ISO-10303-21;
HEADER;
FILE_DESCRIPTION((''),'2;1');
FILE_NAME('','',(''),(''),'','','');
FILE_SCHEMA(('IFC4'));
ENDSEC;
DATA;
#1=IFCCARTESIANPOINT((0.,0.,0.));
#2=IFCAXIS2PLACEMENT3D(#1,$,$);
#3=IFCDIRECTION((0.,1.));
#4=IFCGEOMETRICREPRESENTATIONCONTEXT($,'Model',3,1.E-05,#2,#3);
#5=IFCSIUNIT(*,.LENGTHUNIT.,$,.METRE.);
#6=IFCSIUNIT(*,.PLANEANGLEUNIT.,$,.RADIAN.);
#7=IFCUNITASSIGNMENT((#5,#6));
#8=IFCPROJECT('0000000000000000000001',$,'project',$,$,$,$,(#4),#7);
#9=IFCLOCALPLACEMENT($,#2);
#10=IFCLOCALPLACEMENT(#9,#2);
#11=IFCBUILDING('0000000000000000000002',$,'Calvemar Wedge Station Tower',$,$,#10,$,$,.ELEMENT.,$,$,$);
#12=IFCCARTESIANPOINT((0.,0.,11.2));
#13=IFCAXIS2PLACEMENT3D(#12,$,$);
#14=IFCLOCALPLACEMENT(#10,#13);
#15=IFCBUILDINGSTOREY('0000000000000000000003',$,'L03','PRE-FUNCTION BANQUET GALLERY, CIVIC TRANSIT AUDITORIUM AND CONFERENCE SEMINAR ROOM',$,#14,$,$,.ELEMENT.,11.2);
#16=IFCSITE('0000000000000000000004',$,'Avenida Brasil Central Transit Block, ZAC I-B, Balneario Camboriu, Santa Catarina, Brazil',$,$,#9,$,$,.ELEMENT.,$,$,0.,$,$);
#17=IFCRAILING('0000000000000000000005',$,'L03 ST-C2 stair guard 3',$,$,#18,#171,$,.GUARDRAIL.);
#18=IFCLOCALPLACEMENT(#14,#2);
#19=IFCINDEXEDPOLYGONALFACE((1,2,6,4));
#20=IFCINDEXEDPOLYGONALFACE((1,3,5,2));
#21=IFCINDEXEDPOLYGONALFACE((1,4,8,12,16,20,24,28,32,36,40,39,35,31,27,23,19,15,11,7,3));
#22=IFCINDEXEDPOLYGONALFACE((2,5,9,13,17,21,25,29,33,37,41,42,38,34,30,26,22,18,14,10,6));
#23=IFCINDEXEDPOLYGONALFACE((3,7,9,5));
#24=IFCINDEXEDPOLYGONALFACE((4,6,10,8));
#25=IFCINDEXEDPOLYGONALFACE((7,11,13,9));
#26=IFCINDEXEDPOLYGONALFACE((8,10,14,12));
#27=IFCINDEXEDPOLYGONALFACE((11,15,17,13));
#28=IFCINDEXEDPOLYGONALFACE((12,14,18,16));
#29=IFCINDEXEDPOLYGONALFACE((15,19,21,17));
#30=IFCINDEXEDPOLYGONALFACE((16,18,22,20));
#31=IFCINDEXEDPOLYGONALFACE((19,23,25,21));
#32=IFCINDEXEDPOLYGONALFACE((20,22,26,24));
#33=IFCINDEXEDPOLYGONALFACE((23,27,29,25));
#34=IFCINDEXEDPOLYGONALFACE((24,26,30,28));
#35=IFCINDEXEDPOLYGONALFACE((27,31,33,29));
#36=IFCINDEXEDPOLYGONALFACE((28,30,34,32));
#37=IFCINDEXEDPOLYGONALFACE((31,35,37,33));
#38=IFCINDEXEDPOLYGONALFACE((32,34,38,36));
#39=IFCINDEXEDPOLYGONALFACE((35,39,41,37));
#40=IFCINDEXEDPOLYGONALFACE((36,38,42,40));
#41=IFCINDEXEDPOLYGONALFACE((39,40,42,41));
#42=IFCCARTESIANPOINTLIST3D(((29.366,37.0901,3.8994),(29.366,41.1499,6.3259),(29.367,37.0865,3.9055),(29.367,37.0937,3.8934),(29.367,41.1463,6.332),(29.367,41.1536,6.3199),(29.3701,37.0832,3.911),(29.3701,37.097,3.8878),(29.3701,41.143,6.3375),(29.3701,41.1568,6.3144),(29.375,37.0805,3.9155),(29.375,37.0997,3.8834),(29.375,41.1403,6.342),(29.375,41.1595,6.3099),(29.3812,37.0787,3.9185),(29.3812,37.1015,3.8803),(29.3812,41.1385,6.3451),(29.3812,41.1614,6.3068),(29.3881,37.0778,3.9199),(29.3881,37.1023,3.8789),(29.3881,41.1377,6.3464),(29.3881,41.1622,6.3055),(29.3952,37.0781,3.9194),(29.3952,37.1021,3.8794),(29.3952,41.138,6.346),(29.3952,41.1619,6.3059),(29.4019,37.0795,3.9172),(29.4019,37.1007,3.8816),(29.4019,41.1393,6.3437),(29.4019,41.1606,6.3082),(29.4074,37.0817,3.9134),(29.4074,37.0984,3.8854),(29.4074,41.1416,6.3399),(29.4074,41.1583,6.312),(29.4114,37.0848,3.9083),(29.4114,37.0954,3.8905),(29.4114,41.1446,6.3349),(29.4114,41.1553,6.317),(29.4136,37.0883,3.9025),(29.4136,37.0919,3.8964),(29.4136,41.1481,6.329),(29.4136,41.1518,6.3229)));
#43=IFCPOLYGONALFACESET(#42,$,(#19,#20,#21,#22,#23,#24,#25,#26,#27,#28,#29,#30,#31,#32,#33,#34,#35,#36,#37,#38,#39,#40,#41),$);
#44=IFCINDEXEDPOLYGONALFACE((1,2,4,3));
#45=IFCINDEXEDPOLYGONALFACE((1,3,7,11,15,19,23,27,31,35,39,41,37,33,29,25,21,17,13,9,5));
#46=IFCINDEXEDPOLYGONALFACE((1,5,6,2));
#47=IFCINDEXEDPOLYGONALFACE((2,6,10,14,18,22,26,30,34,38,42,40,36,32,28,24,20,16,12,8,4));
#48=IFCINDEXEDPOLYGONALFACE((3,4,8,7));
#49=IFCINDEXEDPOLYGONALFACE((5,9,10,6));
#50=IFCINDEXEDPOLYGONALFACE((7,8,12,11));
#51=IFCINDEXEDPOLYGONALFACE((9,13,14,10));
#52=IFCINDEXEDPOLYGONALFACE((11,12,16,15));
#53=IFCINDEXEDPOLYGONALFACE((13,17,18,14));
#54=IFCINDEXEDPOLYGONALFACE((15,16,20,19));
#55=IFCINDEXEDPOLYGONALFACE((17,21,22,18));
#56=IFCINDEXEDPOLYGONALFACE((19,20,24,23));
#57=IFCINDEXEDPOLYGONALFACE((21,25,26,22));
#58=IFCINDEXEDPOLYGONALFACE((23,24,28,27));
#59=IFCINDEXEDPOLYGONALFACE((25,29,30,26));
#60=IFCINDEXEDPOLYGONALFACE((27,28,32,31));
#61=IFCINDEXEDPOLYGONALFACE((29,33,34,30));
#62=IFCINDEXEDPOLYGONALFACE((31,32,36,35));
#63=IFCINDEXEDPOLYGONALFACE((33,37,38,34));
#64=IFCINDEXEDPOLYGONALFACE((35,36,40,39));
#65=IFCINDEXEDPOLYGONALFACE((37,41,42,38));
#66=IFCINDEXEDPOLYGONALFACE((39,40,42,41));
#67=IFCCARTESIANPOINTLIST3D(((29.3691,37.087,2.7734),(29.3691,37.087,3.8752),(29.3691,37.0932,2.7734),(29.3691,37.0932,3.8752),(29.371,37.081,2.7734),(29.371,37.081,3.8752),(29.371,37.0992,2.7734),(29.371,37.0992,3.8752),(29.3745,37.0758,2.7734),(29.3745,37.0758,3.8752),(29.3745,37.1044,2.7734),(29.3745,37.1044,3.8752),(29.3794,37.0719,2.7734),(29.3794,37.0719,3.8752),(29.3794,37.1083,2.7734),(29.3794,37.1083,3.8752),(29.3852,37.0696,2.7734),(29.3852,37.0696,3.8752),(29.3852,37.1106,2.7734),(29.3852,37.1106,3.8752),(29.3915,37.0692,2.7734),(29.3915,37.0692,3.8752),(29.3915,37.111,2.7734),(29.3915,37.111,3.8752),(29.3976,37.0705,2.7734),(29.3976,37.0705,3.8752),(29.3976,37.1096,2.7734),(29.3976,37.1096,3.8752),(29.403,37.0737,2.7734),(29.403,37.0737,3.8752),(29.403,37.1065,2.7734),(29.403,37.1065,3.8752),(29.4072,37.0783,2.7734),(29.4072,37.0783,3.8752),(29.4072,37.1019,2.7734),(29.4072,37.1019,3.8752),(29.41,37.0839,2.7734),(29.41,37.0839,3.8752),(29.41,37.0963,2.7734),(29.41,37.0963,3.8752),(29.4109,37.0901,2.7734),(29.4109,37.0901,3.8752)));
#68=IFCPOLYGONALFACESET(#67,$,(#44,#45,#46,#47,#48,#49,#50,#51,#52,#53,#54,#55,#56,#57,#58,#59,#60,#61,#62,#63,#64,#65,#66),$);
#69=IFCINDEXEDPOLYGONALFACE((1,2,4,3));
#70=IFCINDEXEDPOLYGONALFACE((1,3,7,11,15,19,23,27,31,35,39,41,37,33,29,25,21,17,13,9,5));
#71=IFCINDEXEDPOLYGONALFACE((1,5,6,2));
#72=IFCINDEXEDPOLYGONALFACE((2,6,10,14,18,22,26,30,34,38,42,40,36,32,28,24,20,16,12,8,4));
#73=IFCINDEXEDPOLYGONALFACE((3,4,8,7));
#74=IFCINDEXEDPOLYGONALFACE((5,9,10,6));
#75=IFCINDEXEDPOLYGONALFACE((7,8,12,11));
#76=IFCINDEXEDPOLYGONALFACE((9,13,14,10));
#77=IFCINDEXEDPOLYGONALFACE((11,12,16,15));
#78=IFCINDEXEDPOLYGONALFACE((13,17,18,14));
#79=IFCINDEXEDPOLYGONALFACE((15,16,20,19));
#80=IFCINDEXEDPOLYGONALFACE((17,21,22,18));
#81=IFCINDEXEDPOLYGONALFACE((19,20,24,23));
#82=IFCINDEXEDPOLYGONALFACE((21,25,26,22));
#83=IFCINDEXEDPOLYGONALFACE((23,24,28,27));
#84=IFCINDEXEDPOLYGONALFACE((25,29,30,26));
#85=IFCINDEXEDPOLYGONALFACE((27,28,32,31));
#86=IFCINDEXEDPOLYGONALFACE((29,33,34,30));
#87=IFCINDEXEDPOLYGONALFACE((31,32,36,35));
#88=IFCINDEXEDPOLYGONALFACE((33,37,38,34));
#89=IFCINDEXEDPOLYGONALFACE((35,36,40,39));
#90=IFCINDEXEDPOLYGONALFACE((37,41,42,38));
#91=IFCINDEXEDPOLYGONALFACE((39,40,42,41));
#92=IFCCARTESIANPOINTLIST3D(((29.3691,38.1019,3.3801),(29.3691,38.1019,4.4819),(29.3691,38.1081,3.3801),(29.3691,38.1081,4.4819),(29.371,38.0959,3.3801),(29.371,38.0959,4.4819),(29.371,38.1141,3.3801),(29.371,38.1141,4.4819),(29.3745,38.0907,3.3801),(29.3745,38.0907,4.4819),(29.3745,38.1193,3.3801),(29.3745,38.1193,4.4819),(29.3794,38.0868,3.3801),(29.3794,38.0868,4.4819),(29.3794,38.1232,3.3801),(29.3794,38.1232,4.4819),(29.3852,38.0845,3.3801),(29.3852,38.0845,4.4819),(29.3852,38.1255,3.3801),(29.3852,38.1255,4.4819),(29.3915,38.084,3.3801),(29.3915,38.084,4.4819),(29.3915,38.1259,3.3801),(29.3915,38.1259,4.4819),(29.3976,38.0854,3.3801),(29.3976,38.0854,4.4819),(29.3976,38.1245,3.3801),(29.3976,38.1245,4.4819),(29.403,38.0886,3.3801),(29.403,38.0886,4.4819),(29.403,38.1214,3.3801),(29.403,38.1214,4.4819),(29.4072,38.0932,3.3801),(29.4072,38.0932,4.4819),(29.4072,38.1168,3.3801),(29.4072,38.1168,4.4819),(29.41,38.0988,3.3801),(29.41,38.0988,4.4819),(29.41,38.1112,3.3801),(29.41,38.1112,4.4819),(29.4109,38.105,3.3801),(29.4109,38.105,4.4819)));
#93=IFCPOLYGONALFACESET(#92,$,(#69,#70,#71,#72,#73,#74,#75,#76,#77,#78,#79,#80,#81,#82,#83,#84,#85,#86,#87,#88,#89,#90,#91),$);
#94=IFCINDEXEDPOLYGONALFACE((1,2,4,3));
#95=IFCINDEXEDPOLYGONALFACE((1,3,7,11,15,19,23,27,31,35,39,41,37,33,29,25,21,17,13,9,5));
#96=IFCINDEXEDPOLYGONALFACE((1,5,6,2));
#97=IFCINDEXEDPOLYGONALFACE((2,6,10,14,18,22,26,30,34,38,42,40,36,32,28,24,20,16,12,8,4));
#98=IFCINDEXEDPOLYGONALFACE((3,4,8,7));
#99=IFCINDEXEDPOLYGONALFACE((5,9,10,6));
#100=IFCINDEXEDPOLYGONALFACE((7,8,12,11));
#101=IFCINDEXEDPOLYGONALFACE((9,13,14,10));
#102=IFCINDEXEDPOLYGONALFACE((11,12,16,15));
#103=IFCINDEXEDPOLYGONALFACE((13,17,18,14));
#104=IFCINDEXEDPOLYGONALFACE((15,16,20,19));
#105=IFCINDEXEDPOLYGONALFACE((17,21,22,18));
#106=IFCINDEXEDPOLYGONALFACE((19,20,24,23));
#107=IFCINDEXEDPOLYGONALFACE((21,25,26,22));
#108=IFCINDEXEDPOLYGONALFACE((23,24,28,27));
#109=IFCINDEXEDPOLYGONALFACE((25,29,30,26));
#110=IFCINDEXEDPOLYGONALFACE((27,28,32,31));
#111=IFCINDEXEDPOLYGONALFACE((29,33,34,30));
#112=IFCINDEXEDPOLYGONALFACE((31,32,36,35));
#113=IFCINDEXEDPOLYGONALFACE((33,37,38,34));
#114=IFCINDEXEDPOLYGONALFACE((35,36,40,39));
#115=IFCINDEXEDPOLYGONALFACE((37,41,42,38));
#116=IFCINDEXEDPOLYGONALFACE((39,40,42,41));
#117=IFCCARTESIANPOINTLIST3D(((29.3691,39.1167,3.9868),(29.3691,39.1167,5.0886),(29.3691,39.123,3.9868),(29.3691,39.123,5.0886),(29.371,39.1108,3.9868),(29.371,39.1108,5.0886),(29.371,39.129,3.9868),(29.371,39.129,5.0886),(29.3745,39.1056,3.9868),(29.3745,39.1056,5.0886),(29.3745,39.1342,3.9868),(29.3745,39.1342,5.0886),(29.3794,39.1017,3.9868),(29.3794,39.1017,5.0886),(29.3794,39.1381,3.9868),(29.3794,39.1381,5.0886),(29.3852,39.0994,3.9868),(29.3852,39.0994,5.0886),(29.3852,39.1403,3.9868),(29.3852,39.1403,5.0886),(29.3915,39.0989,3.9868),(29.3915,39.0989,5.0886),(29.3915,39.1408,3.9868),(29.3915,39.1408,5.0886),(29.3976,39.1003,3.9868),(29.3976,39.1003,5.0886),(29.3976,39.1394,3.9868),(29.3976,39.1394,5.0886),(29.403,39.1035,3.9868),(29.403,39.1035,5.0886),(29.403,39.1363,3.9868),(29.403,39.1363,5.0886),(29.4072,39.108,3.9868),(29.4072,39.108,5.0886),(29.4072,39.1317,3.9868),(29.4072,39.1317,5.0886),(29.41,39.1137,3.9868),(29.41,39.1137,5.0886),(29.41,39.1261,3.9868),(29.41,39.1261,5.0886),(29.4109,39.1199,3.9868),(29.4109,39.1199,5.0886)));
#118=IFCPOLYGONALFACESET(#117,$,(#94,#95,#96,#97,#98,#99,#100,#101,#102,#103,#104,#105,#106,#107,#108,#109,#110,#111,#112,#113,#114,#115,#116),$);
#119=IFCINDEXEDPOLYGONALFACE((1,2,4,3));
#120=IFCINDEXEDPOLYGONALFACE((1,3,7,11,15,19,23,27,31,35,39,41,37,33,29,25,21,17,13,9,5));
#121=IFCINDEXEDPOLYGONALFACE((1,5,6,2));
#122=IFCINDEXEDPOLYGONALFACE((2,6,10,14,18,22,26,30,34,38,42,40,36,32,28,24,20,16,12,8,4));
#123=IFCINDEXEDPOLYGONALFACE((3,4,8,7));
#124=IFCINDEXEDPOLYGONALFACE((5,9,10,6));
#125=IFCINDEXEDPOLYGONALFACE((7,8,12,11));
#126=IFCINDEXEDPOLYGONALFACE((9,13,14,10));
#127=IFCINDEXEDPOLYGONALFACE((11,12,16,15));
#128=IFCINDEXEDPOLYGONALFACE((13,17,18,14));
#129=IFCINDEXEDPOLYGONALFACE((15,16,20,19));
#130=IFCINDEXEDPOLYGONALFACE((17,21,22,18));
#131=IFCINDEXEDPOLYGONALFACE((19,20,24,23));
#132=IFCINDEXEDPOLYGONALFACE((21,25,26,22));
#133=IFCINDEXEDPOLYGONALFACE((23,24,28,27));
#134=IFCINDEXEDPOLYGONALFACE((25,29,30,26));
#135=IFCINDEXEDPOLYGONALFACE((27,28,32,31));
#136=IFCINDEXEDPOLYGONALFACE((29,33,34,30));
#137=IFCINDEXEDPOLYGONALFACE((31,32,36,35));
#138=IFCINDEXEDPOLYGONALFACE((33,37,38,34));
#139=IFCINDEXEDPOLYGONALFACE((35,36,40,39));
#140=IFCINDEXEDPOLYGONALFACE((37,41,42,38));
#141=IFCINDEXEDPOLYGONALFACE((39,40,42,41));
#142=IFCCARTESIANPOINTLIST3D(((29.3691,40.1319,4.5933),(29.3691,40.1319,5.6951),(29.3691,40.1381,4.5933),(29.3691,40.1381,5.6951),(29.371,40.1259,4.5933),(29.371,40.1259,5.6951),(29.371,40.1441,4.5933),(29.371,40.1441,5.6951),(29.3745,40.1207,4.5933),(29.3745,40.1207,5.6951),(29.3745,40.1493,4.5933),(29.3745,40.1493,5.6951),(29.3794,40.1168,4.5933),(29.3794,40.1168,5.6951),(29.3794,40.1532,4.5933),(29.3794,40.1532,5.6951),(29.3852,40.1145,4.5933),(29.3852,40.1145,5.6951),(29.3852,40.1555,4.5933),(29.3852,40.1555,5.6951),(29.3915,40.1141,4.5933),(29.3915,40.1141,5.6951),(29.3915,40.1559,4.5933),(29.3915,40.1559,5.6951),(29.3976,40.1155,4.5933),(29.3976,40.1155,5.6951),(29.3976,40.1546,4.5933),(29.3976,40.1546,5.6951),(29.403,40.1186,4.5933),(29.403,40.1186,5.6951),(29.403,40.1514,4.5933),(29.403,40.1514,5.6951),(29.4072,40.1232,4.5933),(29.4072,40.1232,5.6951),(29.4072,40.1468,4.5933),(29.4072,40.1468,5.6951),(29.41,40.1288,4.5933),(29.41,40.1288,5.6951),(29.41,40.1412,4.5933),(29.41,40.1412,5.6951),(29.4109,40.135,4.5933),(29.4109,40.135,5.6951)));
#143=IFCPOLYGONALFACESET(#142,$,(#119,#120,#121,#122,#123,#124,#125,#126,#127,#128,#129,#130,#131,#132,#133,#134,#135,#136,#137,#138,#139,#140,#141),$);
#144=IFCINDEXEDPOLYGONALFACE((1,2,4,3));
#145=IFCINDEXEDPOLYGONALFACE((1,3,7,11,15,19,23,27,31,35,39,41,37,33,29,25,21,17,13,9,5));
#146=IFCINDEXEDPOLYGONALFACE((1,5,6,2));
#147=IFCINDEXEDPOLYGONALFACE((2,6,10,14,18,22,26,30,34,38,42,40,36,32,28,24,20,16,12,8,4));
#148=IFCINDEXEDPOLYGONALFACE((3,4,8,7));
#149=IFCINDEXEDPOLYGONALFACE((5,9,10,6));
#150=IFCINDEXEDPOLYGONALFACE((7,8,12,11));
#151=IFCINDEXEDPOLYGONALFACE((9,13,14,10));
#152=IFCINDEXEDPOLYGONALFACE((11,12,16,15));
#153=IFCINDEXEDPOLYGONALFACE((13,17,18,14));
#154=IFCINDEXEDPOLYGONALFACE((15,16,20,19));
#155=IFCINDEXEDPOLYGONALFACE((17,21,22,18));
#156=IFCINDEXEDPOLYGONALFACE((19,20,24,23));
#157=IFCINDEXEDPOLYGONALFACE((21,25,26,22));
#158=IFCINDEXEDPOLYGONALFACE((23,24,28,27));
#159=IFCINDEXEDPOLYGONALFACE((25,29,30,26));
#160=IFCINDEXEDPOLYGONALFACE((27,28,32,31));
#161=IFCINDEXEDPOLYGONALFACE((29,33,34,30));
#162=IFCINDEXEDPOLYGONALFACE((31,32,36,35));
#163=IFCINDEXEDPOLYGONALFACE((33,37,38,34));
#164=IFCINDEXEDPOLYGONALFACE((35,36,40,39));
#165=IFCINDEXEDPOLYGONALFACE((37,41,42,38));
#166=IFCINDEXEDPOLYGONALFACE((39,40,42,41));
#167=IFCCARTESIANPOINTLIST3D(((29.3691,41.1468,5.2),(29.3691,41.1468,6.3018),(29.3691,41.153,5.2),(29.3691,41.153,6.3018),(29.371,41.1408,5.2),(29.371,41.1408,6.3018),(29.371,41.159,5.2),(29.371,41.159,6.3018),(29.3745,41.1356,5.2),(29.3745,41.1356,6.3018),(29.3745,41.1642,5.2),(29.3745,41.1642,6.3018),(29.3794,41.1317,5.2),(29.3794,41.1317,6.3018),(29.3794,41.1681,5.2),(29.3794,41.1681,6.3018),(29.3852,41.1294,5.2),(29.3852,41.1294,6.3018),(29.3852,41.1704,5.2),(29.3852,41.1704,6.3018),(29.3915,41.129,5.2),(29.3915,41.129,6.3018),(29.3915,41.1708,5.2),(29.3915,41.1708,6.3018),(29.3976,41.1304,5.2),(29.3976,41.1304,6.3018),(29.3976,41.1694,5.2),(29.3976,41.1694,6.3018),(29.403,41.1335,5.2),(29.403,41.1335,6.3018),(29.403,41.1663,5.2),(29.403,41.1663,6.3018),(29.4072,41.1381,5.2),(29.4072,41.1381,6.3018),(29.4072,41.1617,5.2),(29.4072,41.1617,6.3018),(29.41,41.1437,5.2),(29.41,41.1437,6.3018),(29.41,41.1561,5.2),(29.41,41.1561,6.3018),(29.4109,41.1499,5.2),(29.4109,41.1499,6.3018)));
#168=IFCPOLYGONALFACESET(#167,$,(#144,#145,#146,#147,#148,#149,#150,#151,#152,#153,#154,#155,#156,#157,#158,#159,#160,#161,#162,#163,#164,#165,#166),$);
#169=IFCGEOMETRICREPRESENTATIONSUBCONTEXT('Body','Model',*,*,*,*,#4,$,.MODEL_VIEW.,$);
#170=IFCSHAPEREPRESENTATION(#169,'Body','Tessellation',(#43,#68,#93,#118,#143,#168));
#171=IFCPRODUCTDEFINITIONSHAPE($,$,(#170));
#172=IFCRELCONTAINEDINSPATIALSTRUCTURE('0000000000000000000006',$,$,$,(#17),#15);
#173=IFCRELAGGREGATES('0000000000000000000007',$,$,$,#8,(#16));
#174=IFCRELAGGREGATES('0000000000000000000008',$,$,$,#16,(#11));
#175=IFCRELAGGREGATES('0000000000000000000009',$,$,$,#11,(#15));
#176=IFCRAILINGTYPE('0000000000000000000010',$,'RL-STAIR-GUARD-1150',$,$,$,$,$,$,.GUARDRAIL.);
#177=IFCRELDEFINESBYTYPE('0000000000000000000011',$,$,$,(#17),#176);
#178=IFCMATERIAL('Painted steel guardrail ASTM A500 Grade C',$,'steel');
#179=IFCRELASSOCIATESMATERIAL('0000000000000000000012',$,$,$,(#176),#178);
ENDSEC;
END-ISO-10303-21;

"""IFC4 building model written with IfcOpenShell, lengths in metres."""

from ifc_helpers import new_model, si_unit, direction, frame, origin, origin_2d, place, context, subcontext, project, spatial, circle, extrude, material, type_object, element, save


model = new_model("IFC4")

# Units and contexts
model_context = context("Model", 3, precision=1e-05, world=origin(), true_north=direction((0.0, 1.0)))
body_context = subcontext(model_context, "Body", "Model", "MODEL_VIEW")
ifc_project = project(units=[si_unit("LENGTHUNIT", "METRE"), si_unit("PLANEANGLEUNIT", "RADIAN")], contexts=[model_context])

# Site, building, storey
site_placement = place(None, origin())
site = spatial("IfcSite", under=ifc_project, at=site_placement, Name="Avenida Brasil Central Transit Block, ZAC I-B, Balneario Camboriu, Santa Catarina, Brazil", CompositionType="ELEMENT", RefElevation=0.0)
building_placement = place(site_placement, origin())
building = spatial("IfcBuilding", under=site, at=building_placement, Name="Calvemar Wedge Station Tower", CompositionType="ELEMENT")
storey_placement = place(building_placement, frame((0.0, 0.0, 11.2)))
storey = spatial("IfcBuildingStorey", under=building, at=storey_placement, Name="L03", Description="PRE-FUNCTION BANQUET GALLERY, CIVIC TRANSIT AUDITORIUM AND CONFERENCE SEMINAR ROOM", CompositionType="ELEMENT", Elevation=11.2)

# Railing
ifc_material_1 = material(Name="Painted steel guardrail ASTM A500 Grade C", Category="steel")
railing_type_1 = type_object("IfcRailingType", Name="RL-STAIR-GUARD-1150", PredefinedType="GUARDRAIL", material=ifc_material_1)
railing_1_placement = place(storey_placement, frame((29.3899, 37.0901, 2.7734)))
element("IfcRailing", 1, at=railing_1_placement, inside=storey, type_object=railing_type_1, Name="L03 ST-C2 stair guard 3", PredefinedType="GUARDRAIL", context=body_context, shape_type="SweptSolid", body=[
    extrude(circle(Radius=0.0239, at=origin_2d()), frame((0.0, 0.0, 1.126), z_axis=(0.0, 0.858366, 0.513038), x_axis=(-1.0, 0.0, 0.0)), (0.0, 0.0, 1.0), 4.7297),
    extrude(circle(Radius=0.021, at=origin_2d()), origin(), (0.0, 0.0, 1.0), 1.1018),
    extrude(circle(Radius=0.021, at=origin_2d()), frame((0.0, 1.0149, 0.6067)), (0.0, 0.0, 1.0), 1.1018),
    extrude(circle(Radius=0.021, at=origin_2d()), frame((0.0, 2.0298, 1.2134)), (0.0, 0.0, 1.0), 1.1018),
    extrude(circle(Radius=0.021, at=origin_2d()), frame((0.0, 3.0449, 1.8198)), (0.0, 0.0, 1.0), 1.1018),
    extrude(circle(Radius=0.021, at=origin_2d()), frame((0.0, 4.0598, 2.4265)), (0.0, 0.0, 1.0), 1.1018),
])

save(model, "model.ifc")
